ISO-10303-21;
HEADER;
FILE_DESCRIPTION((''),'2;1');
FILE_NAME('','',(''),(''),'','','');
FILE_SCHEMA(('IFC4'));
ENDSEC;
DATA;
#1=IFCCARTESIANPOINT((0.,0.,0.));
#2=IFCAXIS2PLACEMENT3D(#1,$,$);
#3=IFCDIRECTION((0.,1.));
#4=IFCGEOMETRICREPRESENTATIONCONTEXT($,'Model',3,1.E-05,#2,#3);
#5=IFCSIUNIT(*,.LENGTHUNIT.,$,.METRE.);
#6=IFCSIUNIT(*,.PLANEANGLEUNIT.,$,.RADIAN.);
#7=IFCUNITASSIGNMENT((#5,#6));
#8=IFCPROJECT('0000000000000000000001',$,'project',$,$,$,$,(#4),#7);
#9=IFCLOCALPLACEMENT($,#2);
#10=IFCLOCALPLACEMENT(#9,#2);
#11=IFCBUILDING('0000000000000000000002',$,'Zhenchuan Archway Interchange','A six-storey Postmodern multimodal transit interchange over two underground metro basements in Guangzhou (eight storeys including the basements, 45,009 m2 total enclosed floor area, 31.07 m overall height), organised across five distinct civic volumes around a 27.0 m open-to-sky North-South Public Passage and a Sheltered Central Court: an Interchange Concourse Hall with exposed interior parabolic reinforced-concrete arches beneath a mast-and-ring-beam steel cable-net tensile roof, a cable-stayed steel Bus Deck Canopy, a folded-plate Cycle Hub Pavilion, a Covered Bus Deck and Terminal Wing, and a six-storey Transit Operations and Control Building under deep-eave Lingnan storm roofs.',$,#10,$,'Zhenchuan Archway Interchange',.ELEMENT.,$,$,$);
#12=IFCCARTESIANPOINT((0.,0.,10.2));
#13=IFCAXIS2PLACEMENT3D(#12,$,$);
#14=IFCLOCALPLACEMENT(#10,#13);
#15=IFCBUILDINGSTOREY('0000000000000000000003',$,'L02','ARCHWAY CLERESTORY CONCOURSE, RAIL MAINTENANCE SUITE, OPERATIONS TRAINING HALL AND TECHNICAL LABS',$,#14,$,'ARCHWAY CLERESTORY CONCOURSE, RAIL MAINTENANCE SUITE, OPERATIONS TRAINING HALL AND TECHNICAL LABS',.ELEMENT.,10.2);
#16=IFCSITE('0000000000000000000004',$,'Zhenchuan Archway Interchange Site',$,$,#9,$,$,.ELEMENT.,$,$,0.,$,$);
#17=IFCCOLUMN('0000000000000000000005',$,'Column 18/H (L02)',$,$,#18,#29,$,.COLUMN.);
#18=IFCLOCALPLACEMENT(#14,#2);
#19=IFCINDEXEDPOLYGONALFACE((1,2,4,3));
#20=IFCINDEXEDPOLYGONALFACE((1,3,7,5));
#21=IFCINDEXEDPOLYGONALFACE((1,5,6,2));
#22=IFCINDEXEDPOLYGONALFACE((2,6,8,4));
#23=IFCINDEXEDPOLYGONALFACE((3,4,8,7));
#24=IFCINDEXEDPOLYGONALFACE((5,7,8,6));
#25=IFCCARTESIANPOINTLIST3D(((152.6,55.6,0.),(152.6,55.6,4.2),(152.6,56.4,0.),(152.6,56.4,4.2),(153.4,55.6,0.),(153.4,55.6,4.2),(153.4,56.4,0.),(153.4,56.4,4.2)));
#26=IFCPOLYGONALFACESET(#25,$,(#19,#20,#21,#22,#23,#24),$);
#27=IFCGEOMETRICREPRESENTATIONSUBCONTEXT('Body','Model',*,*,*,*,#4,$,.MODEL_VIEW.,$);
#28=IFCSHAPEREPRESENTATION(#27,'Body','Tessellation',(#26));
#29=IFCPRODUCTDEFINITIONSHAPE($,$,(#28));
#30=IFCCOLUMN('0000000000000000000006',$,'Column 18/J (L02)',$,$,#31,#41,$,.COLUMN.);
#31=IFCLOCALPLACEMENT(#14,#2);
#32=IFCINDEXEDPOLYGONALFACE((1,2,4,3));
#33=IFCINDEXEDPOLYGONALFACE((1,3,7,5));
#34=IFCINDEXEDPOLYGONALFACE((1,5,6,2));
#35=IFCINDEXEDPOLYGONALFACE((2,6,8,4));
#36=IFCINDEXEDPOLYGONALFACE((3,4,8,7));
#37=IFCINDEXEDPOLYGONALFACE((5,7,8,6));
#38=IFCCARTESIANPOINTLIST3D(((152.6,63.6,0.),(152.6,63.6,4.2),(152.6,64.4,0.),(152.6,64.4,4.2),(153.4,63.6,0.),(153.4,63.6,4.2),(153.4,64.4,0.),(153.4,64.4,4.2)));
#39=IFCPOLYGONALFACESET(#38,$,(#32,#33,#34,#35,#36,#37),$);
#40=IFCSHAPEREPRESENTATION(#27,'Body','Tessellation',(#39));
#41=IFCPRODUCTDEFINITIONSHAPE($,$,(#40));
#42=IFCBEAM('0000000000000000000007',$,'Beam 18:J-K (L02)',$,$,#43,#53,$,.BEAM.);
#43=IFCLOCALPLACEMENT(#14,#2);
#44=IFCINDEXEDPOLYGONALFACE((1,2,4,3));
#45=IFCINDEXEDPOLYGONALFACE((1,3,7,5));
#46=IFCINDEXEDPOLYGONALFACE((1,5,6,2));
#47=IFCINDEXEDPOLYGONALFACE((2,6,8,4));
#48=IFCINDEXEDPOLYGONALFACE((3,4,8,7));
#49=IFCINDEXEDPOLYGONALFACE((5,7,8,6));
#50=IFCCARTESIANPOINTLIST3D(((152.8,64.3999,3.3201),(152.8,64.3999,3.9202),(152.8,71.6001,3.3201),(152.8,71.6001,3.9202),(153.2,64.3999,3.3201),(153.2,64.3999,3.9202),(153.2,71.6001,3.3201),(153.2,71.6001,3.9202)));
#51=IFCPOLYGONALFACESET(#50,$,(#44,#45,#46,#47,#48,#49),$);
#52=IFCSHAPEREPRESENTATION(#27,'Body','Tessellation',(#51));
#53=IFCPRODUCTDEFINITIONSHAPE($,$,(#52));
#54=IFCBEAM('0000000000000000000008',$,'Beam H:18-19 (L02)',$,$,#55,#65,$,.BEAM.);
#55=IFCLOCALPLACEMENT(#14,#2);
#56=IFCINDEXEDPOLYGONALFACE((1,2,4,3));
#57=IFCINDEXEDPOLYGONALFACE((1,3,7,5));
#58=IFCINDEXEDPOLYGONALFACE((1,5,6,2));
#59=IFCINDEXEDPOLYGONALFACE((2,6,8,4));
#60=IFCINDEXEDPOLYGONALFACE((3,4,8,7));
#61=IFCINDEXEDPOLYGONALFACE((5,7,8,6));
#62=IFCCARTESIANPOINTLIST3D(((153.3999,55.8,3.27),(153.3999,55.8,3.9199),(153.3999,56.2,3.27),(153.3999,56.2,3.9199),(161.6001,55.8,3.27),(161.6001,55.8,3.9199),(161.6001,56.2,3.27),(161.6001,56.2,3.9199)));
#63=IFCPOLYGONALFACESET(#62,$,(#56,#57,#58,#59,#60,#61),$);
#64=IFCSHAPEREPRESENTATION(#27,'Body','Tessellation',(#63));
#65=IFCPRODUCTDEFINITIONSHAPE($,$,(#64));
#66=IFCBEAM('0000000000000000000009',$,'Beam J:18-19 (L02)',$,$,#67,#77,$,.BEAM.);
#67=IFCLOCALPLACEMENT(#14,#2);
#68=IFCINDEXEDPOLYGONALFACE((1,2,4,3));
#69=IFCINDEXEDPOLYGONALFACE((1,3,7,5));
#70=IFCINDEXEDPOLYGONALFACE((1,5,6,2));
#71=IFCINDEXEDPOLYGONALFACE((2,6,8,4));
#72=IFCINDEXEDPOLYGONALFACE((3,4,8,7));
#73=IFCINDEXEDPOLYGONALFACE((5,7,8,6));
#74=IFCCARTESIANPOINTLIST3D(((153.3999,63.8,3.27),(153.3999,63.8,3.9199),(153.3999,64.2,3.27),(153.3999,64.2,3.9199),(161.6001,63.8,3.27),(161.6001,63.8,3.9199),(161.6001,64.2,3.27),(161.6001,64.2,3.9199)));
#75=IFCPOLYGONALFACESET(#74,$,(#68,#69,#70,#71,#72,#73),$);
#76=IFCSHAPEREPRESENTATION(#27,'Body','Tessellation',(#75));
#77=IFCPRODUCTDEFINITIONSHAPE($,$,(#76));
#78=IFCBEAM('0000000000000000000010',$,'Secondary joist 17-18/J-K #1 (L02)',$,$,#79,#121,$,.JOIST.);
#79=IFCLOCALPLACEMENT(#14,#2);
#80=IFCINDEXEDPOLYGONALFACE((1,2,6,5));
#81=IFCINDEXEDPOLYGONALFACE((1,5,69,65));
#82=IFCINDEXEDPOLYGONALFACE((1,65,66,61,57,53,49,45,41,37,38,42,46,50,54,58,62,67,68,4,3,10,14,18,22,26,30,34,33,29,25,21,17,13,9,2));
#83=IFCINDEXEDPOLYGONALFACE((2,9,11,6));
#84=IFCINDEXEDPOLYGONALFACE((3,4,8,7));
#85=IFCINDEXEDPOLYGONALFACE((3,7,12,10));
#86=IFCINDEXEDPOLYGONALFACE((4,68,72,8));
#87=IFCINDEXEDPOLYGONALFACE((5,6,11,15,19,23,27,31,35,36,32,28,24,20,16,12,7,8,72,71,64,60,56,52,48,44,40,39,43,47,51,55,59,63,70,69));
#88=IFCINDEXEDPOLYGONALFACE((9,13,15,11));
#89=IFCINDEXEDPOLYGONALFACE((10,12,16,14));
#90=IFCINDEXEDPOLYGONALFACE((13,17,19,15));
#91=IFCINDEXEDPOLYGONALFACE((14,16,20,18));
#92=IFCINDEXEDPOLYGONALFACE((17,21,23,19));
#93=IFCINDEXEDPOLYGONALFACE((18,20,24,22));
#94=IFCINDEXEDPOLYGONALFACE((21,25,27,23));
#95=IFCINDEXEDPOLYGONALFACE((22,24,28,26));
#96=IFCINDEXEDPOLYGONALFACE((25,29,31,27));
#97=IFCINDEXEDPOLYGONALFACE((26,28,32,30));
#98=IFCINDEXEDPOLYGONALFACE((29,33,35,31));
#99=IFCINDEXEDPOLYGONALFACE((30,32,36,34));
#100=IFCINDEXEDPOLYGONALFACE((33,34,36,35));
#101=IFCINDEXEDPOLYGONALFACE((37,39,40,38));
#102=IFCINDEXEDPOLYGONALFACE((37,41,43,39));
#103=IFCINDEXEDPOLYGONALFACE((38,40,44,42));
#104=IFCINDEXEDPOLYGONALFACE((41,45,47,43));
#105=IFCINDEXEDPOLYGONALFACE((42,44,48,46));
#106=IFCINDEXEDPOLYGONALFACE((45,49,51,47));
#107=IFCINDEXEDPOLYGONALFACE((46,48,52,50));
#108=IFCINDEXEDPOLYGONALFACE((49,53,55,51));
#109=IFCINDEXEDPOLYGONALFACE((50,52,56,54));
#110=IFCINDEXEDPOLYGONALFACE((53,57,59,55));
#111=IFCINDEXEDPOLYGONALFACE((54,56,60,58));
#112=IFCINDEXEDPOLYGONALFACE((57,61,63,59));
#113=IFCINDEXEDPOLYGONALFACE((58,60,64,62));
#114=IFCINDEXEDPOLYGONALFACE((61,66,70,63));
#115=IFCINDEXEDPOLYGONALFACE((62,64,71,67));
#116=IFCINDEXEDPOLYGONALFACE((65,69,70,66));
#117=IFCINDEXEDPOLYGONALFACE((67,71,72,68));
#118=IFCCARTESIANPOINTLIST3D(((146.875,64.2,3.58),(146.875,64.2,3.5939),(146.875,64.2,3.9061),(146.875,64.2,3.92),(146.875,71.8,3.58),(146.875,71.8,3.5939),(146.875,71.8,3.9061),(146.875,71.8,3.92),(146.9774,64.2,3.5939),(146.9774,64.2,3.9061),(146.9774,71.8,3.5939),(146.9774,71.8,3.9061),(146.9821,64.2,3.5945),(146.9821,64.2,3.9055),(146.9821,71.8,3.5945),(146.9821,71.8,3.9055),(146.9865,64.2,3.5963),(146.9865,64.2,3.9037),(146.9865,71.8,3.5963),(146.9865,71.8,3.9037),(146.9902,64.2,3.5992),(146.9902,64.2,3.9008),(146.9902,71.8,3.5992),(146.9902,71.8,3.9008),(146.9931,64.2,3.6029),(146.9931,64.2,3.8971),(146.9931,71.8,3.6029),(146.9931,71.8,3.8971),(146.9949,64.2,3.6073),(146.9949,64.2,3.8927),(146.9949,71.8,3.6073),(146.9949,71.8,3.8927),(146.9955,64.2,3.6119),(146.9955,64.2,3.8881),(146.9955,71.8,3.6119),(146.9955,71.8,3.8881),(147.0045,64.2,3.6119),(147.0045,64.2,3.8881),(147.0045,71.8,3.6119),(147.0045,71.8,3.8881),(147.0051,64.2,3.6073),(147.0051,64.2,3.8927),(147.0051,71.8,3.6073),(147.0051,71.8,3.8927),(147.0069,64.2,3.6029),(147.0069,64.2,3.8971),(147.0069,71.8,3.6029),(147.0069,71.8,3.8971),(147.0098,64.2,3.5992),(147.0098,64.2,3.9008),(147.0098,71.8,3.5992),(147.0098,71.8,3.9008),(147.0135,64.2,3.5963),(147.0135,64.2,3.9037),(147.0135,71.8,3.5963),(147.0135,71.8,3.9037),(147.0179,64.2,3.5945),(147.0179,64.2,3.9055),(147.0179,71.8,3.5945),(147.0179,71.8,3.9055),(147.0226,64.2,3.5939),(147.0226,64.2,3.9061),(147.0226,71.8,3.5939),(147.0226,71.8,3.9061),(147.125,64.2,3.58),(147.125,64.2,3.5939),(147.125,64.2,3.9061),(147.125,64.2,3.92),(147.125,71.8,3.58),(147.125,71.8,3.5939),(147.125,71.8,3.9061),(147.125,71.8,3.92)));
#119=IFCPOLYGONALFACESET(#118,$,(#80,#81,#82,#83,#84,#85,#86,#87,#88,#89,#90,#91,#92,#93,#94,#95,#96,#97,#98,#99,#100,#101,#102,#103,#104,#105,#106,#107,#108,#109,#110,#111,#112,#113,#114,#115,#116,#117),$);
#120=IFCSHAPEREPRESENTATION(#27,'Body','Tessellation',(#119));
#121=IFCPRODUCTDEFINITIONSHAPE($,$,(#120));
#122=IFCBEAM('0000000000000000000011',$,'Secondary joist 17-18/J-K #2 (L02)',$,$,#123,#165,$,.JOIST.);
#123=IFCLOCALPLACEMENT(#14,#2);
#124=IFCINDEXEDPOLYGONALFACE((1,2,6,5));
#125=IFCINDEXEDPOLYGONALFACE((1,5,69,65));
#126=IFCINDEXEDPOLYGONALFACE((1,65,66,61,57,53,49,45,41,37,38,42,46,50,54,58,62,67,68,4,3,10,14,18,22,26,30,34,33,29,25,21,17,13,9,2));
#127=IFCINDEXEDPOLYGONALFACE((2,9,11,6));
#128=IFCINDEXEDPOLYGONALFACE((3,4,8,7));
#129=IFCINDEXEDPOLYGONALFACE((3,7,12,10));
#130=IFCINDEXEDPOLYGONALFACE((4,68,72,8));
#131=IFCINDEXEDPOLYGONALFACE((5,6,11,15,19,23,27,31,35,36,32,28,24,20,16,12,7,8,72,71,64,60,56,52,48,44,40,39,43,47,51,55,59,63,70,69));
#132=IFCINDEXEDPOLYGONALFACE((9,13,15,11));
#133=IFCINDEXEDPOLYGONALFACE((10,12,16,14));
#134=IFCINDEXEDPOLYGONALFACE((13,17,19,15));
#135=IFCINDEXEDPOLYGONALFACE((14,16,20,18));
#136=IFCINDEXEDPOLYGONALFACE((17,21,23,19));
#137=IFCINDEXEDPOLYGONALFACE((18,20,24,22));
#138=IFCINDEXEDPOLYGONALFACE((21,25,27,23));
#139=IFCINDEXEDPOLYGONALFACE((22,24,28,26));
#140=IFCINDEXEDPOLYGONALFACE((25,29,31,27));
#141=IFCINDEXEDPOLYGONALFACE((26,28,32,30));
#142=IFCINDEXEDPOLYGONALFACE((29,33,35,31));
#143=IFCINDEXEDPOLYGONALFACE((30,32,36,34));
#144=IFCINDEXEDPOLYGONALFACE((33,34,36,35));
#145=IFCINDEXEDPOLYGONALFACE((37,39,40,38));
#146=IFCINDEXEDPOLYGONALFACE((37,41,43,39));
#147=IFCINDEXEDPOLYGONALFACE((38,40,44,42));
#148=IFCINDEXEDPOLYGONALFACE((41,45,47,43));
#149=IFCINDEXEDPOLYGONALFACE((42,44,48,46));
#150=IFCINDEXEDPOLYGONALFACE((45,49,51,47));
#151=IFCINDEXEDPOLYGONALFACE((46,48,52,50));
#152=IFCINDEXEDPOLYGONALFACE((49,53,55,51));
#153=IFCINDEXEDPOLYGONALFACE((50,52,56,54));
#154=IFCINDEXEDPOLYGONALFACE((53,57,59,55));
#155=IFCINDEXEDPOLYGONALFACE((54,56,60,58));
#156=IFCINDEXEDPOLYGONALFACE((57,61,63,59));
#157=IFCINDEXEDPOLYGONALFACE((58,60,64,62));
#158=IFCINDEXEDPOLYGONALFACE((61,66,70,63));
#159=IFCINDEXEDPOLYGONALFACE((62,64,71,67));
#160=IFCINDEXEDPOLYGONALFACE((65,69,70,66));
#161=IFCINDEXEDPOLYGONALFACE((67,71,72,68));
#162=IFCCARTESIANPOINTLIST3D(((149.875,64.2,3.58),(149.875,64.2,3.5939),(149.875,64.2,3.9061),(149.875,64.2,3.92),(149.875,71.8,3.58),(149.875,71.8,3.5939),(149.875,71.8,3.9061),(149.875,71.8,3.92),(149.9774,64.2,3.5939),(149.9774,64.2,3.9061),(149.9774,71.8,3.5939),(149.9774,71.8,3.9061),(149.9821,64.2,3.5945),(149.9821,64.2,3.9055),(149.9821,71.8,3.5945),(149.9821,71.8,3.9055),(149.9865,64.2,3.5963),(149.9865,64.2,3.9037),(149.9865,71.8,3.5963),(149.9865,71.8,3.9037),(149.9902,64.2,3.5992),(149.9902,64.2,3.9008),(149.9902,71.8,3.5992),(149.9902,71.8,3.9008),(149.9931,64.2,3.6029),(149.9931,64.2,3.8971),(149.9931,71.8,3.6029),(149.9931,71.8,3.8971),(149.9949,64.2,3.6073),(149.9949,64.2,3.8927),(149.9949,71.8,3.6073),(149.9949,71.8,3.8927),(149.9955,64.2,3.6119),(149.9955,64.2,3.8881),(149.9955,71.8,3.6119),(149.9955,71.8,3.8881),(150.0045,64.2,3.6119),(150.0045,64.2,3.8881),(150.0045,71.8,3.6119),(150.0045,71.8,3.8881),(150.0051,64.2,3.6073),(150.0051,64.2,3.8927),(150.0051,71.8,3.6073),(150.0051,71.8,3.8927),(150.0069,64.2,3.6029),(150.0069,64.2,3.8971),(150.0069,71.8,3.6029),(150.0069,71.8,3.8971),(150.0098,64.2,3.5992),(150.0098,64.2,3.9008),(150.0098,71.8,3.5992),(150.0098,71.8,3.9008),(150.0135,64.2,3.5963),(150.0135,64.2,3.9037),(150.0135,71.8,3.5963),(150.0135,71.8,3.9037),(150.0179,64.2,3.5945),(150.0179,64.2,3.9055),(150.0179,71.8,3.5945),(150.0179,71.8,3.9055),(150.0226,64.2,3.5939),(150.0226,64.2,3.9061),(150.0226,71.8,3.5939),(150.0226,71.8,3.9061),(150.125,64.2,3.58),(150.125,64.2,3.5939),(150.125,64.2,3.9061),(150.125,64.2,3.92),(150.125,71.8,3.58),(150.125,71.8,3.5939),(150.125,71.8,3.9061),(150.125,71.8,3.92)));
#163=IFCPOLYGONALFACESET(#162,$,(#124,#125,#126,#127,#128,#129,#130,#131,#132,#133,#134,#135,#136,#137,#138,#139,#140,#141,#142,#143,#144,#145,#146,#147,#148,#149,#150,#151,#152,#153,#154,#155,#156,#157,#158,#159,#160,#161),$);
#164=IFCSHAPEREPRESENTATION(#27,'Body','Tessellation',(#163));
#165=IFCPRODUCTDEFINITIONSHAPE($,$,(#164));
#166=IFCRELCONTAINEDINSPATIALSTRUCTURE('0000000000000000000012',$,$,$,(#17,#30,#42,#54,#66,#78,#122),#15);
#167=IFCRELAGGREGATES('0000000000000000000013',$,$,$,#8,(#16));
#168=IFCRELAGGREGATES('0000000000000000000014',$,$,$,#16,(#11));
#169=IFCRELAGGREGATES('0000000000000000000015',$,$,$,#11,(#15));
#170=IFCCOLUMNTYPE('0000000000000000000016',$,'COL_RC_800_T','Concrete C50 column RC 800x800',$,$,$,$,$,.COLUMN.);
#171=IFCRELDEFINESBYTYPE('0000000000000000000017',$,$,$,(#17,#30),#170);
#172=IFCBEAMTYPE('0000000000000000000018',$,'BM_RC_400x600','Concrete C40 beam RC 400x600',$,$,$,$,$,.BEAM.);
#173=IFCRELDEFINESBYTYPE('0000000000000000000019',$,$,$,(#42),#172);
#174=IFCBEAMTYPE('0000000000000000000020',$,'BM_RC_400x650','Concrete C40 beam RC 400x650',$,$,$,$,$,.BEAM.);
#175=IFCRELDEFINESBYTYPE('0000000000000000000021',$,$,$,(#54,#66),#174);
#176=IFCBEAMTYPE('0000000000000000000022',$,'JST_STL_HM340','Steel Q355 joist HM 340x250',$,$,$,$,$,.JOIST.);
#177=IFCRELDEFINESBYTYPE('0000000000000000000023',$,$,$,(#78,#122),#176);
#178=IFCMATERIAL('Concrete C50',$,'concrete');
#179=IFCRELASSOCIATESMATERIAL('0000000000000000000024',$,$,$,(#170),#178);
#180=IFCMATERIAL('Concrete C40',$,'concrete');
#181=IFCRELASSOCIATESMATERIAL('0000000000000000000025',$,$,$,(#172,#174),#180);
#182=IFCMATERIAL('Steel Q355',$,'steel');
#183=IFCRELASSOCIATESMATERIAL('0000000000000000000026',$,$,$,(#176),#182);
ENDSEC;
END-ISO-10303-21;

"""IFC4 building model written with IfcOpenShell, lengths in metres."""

from ifc_helpers import new_model, si_unit, direction, frame, origin, origin_2d, place, context, subcontext, project, spatial, rectangle, i_section, extrude, material, material_profile, profile_set, type_object, element, save


model = new_model("IFC4")

# Units and contexts
model_context = context("Model", 3, precision=1e-05, world=origin(), true_north=direction((0.0, 1.0)))
body_context = subcontext(model_context, "Body", "Model", "MODEL_VIEW")
ifc_project = project(units=[si_unit("LENGTHUNIT", "METRE"), si_unit("PLANEANGLEUNIT", "RADIAN")], contexts=[model_context])

# Site, building, storey
site_placement = place(None, origin())
site = spatial("IfcSite", under=ifc_project, at=site_placement, Name="Zhenchuan Archway Interchange Site", CompositionType="ELEMENT", RefElevation=0.0)
building_placement = place(site_placement, origin())
building = spatial("IfcBuilding", under=site, at=building_placement, Name="Zhenchuan Archway Interchange", Description="A six-storey Postmodern multimodal transit interchange over two underground metro basements in Guangzhou (eight storeys including the basements, 45,009 m2 total enclosed floor area, 31.07 m overall height), organised across five distinct civic volumes around a 27.0 m open-to-sky North-South Public Passage and a Sheltered Central Court: an Interchange Concourse Hall with exposed interior parabolic reinforced-concrete arches beneath a mast-and-ring-beam steel cable-net tensile roof, a cable-stayed steel Bus Deck Canopy, a folded-plate Cycle Hub Pavilion, a Covered Bus Deck and Terminal Wing, and a six-storey Transit Operations and Control Building under deep-eave Lingnan storm roofs.", LongName="Zhenchuan Archway Interchange", CompositionType="ELEMENT")
storey_placement = place(building_placement, frame((0.0, 0.0, 10.2)))
storey = spatial("IfcBuildingStorey", under=building, at=storey_placement, Name="L02", Description="ARCHWAY CLERESTORY CONCOURSE, RAIL MAINTENANCE SUITE, OPERATIONS TRAINING HALL AND TECHNICAL LABS", LongName="ARCHWAY CLERESTORY CONCOURSE, RAIL MAINTENANCE SUITE, OPERATIONS TRAINING HALL AND TECHNICAL LABS", CompositionType="ELEMENT", Elevation=10.2)

# Columns
ifc_material_1 = material(Name="Concrete C50", Category="concrete")
ifc_material_profile_1 = material_profile(ifc_material_1, rectangle(XDim=0.8, YDim=0.8, at=origin_2d()), Name="RC 800x800")
ifc_profile_set_1 = profile_set([ifc_material_profile_1], Name="Concrete C50")
column_type = type_object("IfcColumnType", Name="COL_RC_800_T", Description="Concrete C50 column RC 800x800", PredefinedType="COLUMN", material=ifc_profile_set_1)
for number, where, z_axis, x_axis, name in (
    (1, (153.0, 56.0, 0.0), (0.0, 0.0, 1.0), (1.0, 0.0, 0.0), "Column 18/H (L02)"),
    (2, (153.0, 64.0, 0.0), (0.0, 0.0, 1.0), (1.0, 0.0, 0.0), "Column 18/J (L02)"),
):
    element("IfcColumn", number, at=place(storey_placement, frame(where, z_axis=z_axis, x_axis=x_axis)), inside=storey, type_object=column_type, Name=name, PredefinedType="COLUMN", context=body_context, shape_type="SweptSolid", body=[
        extrude(rectangle(XDim=0.8, YDim=0.8, at=origin_2d()), origin(), (0.0, 0.0, 1.0), 4.2),
    ])

# Beams
ifc_material_2 = material(Name="Concrete C40", Category="concrete")
ifc_material_profile_2 = material_profile(ifc_material_2, rectangle(XDim=0.3999, YDim=0.6001, at=origin_2d()), Name="RC 400x600")
ifc_profile_set_2 = profile_set([ifc_material_profile_2], Name="Concrete C40")
beam_type_1 = type_object("IfcBeamType", Name="BM_RC_400x600", Description="Concrete C40 beam RC 400x600", PredefinedType="BEAM", material=ifc_profile_set_2)
beam_1_placement = place(storey_placement, frame((153.0, 64.3999, 3.6201), z_axis=(0.0, 1.0, 0.0), x_axis=(-1.0, 0.0, 0.0)))
element("IfcBeam", 3, at=beam_1_placement, inside=storey, type_object=beam_type_1, Name="Beam 18:J-K (L02)", PredefinedType="BEAM", context=body_context, shape_type="SweptSolid", body=[
    extrude(rectangle(XDim=0.3999, YDim=0.6001, at=origin_2d()), origin(), (0.0, 0.0, 1.0), 7.2002),
])
ifc_material_profile_3 = material_profile(ifc_material_2, rectangle(XDim=0.3999, YDim=0.6499, at=origin_2d()), Name="RC 400x650")
ifc_profile_set_3 = profile_set([ifc_material_profile_3], Name="Concrete C40")
beam_type_2 = type_object("IfcBeamType", Name="BM_RC_400x650", Description="Concrete C40 beam RC 400x650", PredefinedType="BEAM", material=ifc_profile_set_3)
for number, where, z_axis, x_axis, name in (
    (4, (153.3999, 56.0, 3.595), (1.0, 0.0, 0.0), (0.0, 1.0, 0.0), "Beam H:18-19 (L02)"),
    (5, (153.3999, 64.0, 3.595), (1.0, 0.0, 0.0), (0.0, 1.0, 0.0), "Beam J:18-19 (L02)"),
):
    element("IfcBeam", number, at=place(storey_placement, frame(where, z_axis=z_axis, x_axis=x_axis)), inside=storey, type_object=beam_type_2, Name=name, PredefinedType="BEAM", context=body_context, shape_type="SweptSolid", body=[
        extrude(rectangle(XDim=0.3999, YDim=0.6499, at=origin_2d()), origin(), (0.0, 0.0, 1.0), 8.2002),
    ])
ifc_material_3 = material(Name="Steel Q355", Category="steel")
ifc_material_profile_4 = material_profile(ifc_material_3, i_section(OverallWidth=0.25, OverallDepth=0.3401, WebThickness=0.009, FlangeThickness=0.0139, FilletRadius=0.0181, at=origin_2d()), Name="HM 340x250")
ifc_profile_set_4 = profile_set([ifc_material_profile_4], Name="Steel Q355")
beam_type_3 = type_object("IfcBeamType", Name="JST_STL_HM340", Description="Steel Q355 joist HM 340x250", PredefinedType="JOIST", material=ifc_profile_set_4)
for number, where, z_axis, x_axis, name in (
    (6, (147.0, 64.2, 3.75), (0.0, 1.0, 0.0), (-1.0, 0.0, 0.0), "Secondary joist 17-18/J-K #1 (L02)"),
    (7, (150.0, 64.2, 3.75), (0.0, 1.0, 0.0), (-1.0, 0.0, 0.0), "Secondary joist 17-18/J-K #2 (L02)"),
):
    element("IfcBeam", number, at=place(storey_placement, frame(where, z_axis=z_axis, x_axis=x_axis)), inside=storey, type_object=beam_type_3, Name=name, PredefinedType="JOIST", context=body_context, shape_type="SweptSolid", body=[
        extrude(i_section(OverallWidth=0.25, OverallDepth=0.3401, WebThickness=0.009, FlangeThickness=0.0139, FilletRadius=0.0181, at=origin_2d()), origin(), (0.0, 0.0, 1.0), 7.6001),
    ])

save(model, "model.ifc")
